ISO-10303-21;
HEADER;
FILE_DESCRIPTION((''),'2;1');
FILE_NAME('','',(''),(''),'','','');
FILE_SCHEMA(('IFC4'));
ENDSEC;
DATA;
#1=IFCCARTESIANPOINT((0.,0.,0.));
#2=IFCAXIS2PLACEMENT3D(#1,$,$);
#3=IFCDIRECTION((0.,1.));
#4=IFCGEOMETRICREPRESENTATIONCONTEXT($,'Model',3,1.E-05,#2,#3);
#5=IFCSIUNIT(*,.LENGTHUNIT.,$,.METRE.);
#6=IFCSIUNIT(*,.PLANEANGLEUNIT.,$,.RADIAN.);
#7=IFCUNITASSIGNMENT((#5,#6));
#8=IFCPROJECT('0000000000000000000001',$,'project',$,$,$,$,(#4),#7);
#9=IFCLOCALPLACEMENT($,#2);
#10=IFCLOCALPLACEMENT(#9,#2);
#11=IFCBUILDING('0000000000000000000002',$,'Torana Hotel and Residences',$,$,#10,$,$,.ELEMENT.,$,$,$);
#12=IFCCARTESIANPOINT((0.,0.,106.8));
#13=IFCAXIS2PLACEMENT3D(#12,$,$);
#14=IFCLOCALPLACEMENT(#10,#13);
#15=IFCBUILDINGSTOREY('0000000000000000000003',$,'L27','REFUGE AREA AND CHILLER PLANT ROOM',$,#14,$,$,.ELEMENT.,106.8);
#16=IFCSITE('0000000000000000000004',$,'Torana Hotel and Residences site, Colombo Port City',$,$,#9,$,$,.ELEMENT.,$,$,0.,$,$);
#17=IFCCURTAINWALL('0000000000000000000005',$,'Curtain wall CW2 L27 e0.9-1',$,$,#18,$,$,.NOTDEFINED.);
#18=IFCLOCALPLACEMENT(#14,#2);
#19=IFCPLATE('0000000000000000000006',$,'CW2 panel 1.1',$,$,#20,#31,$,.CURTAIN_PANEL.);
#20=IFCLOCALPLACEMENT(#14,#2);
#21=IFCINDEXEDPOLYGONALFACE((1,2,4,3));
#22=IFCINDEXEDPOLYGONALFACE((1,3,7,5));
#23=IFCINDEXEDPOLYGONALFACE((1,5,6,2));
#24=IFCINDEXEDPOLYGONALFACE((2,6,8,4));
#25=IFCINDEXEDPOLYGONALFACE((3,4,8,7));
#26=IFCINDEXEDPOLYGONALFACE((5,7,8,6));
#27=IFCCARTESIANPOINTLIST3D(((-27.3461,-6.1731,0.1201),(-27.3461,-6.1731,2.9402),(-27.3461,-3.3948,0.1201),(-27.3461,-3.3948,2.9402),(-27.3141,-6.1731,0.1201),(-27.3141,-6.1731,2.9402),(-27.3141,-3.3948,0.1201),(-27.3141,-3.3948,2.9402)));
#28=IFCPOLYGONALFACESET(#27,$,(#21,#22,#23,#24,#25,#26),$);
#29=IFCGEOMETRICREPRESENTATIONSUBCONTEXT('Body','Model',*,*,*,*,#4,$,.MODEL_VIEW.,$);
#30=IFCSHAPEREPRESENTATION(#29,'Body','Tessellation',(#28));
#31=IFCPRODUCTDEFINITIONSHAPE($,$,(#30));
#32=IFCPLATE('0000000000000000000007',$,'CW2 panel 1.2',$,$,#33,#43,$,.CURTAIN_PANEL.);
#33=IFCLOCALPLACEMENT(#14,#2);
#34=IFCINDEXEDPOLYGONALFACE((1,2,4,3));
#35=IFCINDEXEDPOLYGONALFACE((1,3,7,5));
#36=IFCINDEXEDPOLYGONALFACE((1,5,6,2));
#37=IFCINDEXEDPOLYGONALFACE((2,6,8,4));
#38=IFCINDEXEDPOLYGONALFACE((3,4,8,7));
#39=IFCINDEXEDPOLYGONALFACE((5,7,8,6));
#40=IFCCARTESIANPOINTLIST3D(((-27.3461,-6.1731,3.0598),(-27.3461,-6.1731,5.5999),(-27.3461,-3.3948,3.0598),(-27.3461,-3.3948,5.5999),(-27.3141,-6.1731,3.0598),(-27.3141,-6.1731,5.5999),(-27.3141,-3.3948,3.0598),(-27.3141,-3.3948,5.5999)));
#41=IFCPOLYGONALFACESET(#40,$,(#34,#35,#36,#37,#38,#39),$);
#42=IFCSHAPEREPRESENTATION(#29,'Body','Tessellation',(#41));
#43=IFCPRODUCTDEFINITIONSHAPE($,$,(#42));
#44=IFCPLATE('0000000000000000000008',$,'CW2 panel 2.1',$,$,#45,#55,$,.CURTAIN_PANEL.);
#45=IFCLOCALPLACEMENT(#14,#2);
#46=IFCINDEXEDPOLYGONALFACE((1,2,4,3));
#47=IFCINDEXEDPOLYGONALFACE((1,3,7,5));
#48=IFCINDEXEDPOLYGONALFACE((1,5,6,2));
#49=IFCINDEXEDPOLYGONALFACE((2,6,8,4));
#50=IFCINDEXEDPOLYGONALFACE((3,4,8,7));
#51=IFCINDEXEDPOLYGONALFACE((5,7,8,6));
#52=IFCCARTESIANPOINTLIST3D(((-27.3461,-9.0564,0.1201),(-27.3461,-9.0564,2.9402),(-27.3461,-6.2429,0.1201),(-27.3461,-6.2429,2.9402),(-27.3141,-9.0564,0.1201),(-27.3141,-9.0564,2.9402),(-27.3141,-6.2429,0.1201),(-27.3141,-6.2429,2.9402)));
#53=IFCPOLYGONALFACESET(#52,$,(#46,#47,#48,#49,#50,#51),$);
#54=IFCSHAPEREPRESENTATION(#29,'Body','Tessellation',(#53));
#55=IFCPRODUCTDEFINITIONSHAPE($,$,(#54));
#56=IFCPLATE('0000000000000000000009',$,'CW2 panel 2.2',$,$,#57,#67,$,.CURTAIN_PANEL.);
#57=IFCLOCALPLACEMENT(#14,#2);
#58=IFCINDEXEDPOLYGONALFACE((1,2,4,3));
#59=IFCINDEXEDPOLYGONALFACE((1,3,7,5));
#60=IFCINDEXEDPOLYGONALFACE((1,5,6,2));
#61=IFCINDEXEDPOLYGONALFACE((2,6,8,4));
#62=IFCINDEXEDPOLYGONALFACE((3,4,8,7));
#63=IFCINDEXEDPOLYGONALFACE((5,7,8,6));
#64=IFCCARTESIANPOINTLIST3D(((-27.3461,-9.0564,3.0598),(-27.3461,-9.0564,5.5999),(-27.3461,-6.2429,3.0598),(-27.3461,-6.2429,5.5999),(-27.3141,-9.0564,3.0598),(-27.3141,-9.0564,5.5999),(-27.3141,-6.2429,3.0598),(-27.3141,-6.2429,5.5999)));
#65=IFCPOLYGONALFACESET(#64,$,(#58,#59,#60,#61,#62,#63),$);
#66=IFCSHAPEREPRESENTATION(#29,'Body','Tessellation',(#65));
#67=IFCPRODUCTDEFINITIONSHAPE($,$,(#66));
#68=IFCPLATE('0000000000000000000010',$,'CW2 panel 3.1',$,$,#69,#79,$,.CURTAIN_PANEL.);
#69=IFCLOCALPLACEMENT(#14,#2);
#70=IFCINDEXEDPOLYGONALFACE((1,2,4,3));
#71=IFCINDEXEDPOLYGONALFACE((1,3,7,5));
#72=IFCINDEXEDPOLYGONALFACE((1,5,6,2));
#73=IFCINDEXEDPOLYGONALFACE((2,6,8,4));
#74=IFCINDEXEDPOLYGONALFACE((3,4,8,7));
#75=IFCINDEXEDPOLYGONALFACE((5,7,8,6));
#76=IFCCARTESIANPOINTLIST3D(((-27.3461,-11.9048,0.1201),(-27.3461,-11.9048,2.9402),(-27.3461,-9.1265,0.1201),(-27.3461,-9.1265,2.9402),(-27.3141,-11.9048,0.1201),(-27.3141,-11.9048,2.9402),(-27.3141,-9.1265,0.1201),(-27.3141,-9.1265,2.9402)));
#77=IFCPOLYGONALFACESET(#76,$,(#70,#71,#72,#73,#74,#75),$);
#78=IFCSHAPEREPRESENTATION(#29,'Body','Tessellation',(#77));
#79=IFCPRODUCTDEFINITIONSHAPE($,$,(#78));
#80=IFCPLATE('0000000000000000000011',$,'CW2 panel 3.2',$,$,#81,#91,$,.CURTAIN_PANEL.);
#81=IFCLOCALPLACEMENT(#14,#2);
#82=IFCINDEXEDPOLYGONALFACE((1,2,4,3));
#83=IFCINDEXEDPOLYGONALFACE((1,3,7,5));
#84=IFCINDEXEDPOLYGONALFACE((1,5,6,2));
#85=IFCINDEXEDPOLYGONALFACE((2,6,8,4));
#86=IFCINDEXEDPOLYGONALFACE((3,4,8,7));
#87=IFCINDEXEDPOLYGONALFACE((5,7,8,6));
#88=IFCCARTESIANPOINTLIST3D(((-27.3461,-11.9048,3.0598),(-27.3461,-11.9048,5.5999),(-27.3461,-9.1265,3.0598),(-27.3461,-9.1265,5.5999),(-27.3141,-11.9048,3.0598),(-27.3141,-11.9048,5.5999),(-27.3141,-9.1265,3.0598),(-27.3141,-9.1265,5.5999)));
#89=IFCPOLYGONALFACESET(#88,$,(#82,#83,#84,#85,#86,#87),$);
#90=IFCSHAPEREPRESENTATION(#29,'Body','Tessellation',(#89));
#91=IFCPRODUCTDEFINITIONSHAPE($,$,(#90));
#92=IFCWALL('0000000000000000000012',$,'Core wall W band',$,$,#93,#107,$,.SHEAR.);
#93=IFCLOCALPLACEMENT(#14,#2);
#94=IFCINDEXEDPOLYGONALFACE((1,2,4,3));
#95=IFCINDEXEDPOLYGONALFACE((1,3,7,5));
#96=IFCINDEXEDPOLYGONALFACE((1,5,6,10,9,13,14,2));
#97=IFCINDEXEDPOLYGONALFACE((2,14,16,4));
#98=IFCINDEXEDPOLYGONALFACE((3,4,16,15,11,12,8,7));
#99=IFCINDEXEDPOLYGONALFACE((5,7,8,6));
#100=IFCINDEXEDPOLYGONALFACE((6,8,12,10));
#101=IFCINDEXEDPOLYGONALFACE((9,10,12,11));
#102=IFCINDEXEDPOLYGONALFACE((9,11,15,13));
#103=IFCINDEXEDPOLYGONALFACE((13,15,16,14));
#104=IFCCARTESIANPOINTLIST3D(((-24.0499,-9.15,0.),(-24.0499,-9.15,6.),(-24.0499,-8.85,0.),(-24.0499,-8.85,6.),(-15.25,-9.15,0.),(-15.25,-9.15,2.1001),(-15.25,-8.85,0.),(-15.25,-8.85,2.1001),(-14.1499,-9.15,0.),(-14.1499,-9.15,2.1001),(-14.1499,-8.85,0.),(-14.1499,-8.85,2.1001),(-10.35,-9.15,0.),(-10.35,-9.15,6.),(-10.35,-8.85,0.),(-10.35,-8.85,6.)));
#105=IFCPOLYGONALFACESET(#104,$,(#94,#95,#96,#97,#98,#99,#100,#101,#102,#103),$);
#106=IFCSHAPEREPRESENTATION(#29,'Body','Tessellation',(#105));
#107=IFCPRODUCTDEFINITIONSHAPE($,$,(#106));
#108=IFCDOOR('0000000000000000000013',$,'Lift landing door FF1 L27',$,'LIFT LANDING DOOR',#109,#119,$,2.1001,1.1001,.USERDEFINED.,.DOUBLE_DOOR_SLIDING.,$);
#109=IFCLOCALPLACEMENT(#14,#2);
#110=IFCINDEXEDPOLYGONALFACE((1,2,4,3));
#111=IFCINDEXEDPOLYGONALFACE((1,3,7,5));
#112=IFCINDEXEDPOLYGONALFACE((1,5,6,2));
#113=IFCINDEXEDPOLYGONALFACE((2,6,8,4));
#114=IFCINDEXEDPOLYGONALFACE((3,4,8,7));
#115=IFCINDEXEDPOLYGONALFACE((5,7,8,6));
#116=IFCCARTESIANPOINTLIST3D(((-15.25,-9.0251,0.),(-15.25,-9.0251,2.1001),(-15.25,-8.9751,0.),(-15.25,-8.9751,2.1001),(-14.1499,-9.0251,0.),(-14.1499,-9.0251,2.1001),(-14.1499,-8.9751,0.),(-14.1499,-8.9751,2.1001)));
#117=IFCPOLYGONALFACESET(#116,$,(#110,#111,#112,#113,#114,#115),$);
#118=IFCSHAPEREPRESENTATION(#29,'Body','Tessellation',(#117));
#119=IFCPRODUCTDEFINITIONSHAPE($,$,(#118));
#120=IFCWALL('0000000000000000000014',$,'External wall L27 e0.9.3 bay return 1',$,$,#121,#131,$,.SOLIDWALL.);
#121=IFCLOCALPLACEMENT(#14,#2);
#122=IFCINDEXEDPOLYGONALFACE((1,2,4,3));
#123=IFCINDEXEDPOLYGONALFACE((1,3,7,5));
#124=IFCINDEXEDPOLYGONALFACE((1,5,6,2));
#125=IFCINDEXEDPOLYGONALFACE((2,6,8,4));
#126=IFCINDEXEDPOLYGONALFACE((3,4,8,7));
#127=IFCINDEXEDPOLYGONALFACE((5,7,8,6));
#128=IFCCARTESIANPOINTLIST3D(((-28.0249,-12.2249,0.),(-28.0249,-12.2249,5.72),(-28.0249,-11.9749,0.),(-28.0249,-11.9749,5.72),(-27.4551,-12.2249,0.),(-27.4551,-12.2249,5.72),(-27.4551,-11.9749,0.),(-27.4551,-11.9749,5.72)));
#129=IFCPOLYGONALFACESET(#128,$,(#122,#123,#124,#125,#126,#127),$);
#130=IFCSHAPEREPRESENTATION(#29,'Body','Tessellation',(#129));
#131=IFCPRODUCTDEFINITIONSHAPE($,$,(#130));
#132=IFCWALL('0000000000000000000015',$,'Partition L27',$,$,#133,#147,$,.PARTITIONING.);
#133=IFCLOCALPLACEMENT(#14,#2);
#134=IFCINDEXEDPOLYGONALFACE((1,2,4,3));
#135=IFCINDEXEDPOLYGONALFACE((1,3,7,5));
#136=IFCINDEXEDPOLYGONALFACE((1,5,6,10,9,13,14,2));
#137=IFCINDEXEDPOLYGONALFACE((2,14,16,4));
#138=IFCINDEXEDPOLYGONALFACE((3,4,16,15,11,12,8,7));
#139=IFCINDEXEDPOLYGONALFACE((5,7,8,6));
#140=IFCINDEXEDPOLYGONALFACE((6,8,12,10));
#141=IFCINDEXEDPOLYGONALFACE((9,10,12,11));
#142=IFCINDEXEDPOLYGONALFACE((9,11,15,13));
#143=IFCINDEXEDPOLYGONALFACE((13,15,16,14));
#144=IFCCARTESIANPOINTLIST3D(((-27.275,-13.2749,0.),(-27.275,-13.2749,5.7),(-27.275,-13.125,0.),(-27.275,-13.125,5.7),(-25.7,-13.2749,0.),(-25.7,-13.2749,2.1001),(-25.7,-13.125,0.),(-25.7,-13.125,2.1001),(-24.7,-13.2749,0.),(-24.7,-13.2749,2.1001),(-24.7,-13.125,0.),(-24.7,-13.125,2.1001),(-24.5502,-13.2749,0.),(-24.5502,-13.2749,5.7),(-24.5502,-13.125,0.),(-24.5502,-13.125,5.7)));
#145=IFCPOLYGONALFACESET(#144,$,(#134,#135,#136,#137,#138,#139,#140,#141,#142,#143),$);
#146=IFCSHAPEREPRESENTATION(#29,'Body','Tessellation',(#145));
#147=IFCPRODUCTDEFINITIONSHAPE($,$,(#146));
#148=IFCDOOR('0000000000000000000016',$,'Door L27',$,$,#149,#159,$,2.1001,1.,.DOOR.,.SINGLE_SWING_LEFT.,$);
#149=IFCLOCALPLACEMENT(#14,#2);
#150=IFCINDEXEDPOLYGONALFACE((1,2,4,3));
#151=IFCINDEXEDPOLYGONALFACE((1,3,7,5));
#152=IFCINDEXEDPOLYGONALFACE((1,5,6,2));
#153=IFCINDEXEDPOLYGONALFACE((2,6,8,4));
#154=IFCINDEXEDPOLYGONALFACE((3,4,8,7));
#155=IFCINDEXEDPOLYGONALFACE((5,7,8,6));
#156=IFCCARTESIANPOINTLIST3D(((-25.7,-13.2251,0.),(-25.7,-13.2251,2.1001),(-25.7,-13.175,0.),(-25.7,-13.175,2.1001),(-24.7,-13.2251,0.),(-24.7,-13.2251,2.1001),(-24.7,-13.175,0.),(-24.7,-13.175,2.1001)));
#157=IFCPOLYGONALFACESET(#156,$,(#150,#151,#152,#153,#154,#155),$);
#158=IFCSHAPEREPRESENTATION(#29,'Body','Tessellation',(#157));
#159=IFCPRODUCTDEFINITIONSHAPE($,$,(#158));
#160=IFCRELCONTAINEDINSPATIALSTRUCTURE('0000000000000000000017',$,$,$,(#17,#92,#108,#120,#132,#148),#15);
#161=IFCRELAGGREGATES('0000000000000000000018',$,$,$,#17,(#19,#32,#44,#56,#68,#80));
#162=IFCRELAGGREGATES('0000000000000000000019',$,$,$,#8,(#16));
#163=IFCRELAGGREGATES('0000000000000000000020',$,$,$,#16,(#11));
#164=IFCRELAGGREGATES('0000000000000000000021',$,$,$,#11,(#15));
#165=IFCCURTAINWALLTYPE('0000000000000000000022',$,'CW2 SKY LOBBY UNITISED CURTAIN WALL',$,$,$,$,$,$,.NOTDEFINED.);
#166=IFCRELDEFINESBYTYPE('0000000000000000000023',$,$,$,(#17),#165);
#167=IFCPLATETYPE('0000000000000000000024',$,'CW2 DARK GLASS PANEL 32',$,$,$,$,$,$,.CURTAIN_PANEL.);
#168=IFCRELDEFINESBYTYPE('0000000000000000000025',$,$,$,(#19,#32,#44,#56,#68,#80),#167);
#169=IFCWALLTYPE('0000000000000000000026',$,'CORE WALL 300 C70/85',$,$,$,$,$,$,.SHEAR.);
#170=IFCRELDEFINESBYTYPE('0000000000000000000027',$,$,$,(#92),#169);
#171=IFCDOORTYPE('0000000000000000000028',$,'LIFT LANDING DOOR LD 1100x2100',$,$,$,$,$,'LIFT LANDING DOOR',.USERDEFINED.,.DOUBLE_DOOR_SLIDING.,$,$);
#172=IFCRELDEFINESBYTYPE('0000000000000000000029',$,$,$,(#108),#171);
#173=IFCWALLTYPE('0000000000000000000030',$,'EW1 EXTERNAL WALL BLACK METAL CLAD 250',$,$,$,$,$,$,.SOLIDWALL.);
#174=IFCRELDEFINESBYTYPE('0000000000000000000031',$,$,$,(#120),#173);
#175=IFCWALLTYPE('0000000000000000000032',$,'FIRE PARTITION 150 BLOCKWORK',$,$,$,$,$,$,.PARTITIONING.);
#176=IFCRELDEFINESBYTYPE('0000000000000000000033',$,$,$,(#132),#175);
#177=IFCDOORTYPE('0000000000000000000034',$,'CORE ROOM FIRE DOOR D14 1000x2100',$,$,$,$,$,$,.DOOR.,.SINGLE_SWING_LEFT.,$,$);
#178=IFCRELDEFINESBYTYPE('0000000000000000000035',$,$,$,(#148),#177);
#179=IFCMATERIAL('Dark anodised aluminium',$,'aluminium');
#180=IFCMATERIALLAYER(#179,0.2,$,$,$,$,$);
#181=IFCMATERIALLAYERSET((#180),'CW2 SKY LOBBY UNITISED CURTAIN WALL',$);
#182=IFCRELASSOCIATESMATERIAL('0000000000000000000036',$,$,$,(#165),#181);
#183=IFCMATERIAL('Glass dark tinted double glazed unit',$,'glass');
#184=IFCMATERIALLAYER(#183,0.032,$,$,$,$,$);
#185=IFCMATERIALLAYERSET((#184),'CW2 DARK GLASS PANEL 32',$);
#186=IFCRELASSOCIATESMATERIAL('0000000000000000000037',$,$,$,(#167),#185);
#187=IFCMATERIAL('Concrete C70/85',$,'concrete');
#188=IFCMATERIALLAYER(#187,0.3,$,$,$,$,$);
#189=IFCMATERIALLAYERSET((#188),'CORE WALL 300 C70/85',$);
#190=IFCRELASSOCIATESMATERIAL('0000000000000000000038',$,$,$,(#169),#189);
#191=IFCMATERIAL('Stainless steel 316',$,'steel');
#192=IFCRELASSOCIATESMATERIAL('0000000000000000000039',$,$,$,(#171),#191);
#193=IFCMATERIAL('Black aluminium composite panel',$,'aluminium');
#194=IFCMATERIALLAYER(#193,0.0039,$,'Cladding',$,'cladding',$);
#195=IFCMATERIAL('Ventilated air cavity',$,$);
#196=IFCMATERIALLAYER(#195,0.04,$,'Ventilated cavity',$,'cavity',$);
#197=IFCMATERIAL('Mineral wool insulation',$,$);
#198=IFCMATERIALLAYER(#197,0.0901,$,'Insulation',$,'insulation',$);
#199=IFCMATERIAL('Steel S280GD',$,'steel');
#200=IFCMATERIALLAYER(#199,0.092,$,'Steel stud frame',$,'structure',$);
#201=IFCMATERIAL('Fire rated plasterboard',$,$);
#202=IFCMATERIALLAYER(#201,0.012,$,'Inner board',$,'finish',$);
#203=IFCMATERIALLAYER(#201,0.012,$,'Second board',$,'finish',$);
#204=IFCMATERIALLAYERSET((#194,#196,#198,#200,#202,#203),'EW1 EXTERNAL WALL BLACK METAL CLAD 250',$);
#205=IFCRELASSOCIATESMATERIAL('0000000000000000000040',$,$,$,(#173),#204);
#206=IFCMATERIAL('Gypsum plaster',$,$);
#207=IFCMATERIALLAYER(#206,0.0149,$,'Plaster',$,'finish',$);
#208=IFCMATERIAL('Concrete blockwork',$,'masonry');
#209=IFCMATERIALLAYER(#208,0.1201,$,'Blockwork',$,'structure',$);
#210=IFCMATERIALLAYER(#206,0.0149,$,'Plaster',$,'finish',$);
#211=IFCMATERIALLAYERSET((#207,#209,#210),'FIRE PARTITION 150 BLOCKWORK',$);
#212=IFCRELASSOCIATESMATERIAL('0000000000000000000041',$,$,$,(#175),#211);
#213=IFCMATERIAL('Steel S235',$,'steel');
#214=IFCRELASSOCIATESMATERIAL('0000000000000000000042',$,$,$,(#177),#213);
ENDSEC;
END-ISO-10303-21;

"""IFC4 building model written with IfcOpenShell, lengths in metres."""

from ifc_helpers import new_model, si_unit, direction, frame, frame_2d, origin, origin_2d, place, context, subcontext, project, spatial, rectangle, extrude, material, layer, layer_set, type_object, element, fill, aggregate, save


model = new_model("IFC4")

# Units and contexts
model_context = context("Model", 3, precision=1e-05, world=origin(), true_north=direction((0.0, 1.0)))
body_context = subcontext(model_context, "Body", "Model", "MODEL_VIEW")
ifc_project = project(units=[si_unit("LENGTHUNIT", "METRE"), si_unit("PLANEANGLEUNIT", "RADIAN")], contexts=[model_context])

# Site, building, storey
site_placement = place(None, origin())
site = spatial("IfcSite", under=ifc_project, at=site_placement, Name="Torana Hotel and Residences site, Colombo Port City", CompositionType="ELEMENT", RefElevation=0.0)
building_placement = place(site_placement, origin())
building = spatial("IfcBuilding", under=site, at=building_placement, Name="Torana Hotel and Residences", CompositionType="ELEMENT")
storey_placement = place(building_placement, frame((0.0, 0.0, 106.8)))
storey = spatial("IfcBuildingStorey", under=building, at=storey_placement, Name="L27", Description="REFUGE AREA AND CHILLER PLANT ROOM", CompositionType="ELEMENT", Elevation=106.8)

# Shared definitions
ifc_material_1 = material(Name="Dark anodised aluminium", Category="aluminium")
ifc_layer_1 = layer(ifc_material_1, 0.2)
ifc_layer_set_1 = layer_set([ifc_layer_1], Name="CW2 SKY LOBBY UNITISED CURTAIN WALL")
curtain_wall_type = type_object("IfcCurtainWallType", Name="CW2 SKY LOBBY UNITISED CURTAIN WALL", PredefinedType="NOTDEFINED", material=ifc_layer_set_1)

# Curtain wall, plates
curtain_wall_1_placement = place(storey_placement, origin())
curtain_wall_1 = element("IfcCurtainWall", 1, at=curtain_wall_1_placement, inside=storey, type_object=curtain_wall_type, Name="Curtain wall CW2 L27 e0.9-1", PredefinedType="NOTDEFINED")
ifc_material_2 = material(Name="Glass dark tinted double glazed unit", Category="glass")
ifc_layer_2 = layer(ifc_material_2, 0.032)
ifc_layer_set_2 = layer_set([ifc_layer_2], Name="CW2 DARK GLASS PANEL 32")
plate_type = type_object("IfcPlateType", Name="CW2 DARK GLASS PANEL 32", PredefinedType="CURTAIN_PANEL", material=ifc_layer_set_2)
plate_1_placement = place(storey_placement, frame((-27.3301, -4.7839, 0.1201), z_axis=(0.0, 0.0, 1.0), x_axis=(0.0, -1.0, 0.0)))
plate_1 = element("IfcPlate", 2, at=plate_1_placement, type_object=plate_type, Name="CW2 panel 1.1", PredefinedType="CURTAIN_PANEL", context=body_context, shape_type="SweptSolid", body=[
    extrude(rectangle(XDim=2.7783, YDim=0.032, at=origin_2d()), origin(), (0.0, 0.0, 1.0), 2.8201),
])
plate_2_placement = place(storey_placement, frame((-27.3301, -4.7839, 3.0598), z_axis=(0.0, 0.0, 1.0), x_axis=(0.0, -1.0, 0.0)))
plate_2 = element("IfcPlate", 3, at=plate_2_placement, type_object=plate_type, Name="CW2 panel 1.2", PredefinedType="CURTAIN_PANEL", context=body_context, shape_type="SweptSolid", body=[
    extrude(rectangle(XDim=2.7783, YDim=0.032, at=origin_2d()), origin(), (0.0, 0.0, 1.0), 2.54),
])
plate_3_placement = place(storey_placement, frame((-27.3301, -7.6497, 0.1201), z_axis=(0.0, 0.0, 1.0), x_axis=(0.0, -1.0, 0.0)))
plate_3 = element("IfcPlate", 4, at=plate_3_placement, type_object=plate_type, Name="CW2 panel 2.1", PredefinedType="CURTAIN_PANEL", context=body_context, shape_type="SweptSolid", body=[
    extrude(rectangle(XDim=2.8135, YDim=0.032, at=origin_2d()), origin(), (0.0, 0.0, 1.0), 2.8201),
])
plate_4_placement = place(storey_placement, frame((-27.3301, -7.6497, 3.0598), z_axis=(0.0, 0.0, 1.0), x_axis=(0.0, -1.0, 0.0)))
plate_4 = element("IfcPlate", 5, at=plate_4_placement, type_object=plate_type, Name="CW2 panel 2.2", PredefinedType="CURTAIN_PANEL", context=body_context, shape_type="SweptSolid", body=[
    extrude(rectangle(XDim=2.8135, YDim=0.032, at=origin_2d()), origin(), (0.0, 0.0, 1.0), 2.54),
])
plate_5_placement = place(storey_placement, frame((-27.3301, -10.5156, 0.1201), z_axis=(0.0, 0.0, 1.0), x_axis=(0.0, -1.0, 0.0)))
plate_5 = element("IfcPlate", 6, at=plate_5_placement, type_object=plate_type, Name="CW2 panel 3.1", PredefinedType="CURTAIN_PANEL", context=body_context, shape_type="SweptSolid", body=[
    extrude(rectangle(XDim=2.7783, YDim=0.032, at=origin_2d()), origin(), (0.0, 0.0, 1.0), 2.8201),
])
plate_6_placement = place(storey_placement, frame((-27.3301, -10.5156, 3.0598), z_axis=(0.0, 0.0, 1.0), x_axis=(0.0, -1.0, 0.0)))
plate_6 = element("IfcPlate", 7, at=plate_6_placement, type_object=plate_type, Name="CW2 panel 3.2", PredefinedType="CURTAIN_PANEL", context=body_context, shape_type="SweptSolid", body=[
    extrude(rectangle(XDim=2.7783, YDim=0.032, at=origin_2d()), origin(), (0.0, 0.0, 1.0), 2.54),
])
aggregate(curtain_wall_1, [plate_1, plate_2, plate_3, plate_4, plate_5, plate_6])

# Wall, opening, door
ifc_material_3 = material(Name="Concrete C70/85", Category="concrete")
ifc_layer_3 = layer(ifc_material_3, 0.3)
ifc_layer_set_3 = layer_set([ifc_layer_3], Name="CORE WALL 300 C70/85")
wall_type_1 = type_object("IfcWallType", Name="CORE WALL 300 C70/85", PredefinedType="SHEAR", material=ifc_layer_set_3)
wall_1_placement = place(storey_placement, frame((-24.05, -9.0, 0.0), z_axis=(0.0, 0.0, 1.0), x_axis=(1.0, 0.0, 0.0)))
wall_1 = element("IfcWall", 8, at=wall_1_placement, inside=storey, type_object=wall_type_1, Name="Core wall W band", PredefinedType="SHEAR", context=body_context, shape_type="SweptSolid", body=[
    extrude(rectangle(XDim=13.7, YDim=0.3, at=frame_2d((6.8501, 0.0))), origin(), (0.0, 0.0, 1.0), 6.0),
])
opening_1_placement = place(wall_1_placement, frame((8.8, 0.0, 0.0)))
opening_1 = element("IfcOpeningElement", 9, at=opening_1_placement, cuts=wall_1, PredefinedType="OPENING", context=body_context, shape_type="SweptSolid", body=[
    extrude(rectangle(XDim=1.1001, YDim=2.1001, at=frame_2d((0.55, 1.05))), frame((0.0, 0.1599, 0.0), z_axis=(0.0, -1.0, 0.0), x_axis=(1.0, 0.0, 0.0)), (0.0, 0.0, 1.0), 0.3201),
])
ifc_material_4 = material(Name="Stainless steel 316", Category="steel")
door_type_1 = type_object("IfcDoorType", Name="LIFT LANDING DOOR LD 1100x2100", ElementType="LIFT LANDING DOOR", OperationType="DOUBLE_DOOR_SLIDING", PredefinedType="USERDEFINED", material=ifc_material_4)
door_1_placement = place(opening_1_placement, origin())
door_1 = element("IfcDoor", 10, at=door_1_placement, inside=storey, type_object=door_type_1, Name="Lift landing door FF1 L27", ObjectType="LIFT LANDING DOOR", OperationType="DOUBLE_DOOR_SLIDING", OverallHeight=2.1001, OverallWidth=1.1001, PredefinedType="USERDEFINED", context=body_context, shape_type="SweptSolid", body=[
    extrude(rectangle(XDim=1.1001, YDim=2.1001, at=frame_2d((0.55, 1.05))), frame((0.0, 0.0249, 0.0), z_axis=(0.0, -1.0, 0.0), x_axis=(1.0, 0.0, 0.0)), (0.0, 0.0, 1.0), 0.05),
])
fill(opening_1, door_1)

# Wall
ifc_material_5 = material(Name="Black aluminium composite panel", Category="aluminium")
ifc_layer_4 = layer(ifc_material_5, 0.0039, Name="Cladding", Category="cladding")
ifc_material_6 = material(Name="Ventilated air cavity")
ifc_layer_5 = layer(ifc_material_6, 0.04, Name="Ventilated cavity", Category="cavity")
ifc_material_7 = material(Name="Mineral wool insulation")
ifc_layer_6 = layer(ifc_material_7, 0.0901, Name="Insulation", Category="insulation")
ifc_material_8 = material(Name="Steel S280GD", Category="steel")
ifc_layer_7 = layer(ifc_material_8, 0.092, Name="Steel stud frame", Category="structure")
ifc_material_9 = material(Name="Fire rated plasterboard")
ifc_layer_8 = layer(ifc_material_9, 0.012, Name="Inner board", Category="finish")
ifc_layer_9 = layer(ifc_material_9, 0.012, Name="Second board", Category="finish")
ifc_layer_set_4 = layer_set([ifc_layer_4, ifc_layer_5, ifc_layer_6, ifc_layer_7, ifc_layer_8, ifc_layer_9], Name="EW1 EXTERNAL WALL BLACK METAL CLAD 250")
wall_type_2 = type_object("IfcWallType", Name="EW1 EXTERNAL WALL BLACK METAL CLAD 250", PredefinedType="SOLIDWALL", material=ifc_layer_set_4)
wall_2_placement = place(storey_placement, frame((-27.4551, -12.0999, 0.0), z_axis=(0.0, 0.0, 1.0), x_axis=(-1.0, 0.0, 0.0)))
element("IfcWall", 11, at=wall_2_placement, inside=storey, type_object=wall_type_2, Name="External wall L27 e0.9.3 bay return 1", PredefinedType="SOLIDWALL", context=body_context, shape_type="SweptSolid", body=[
    extrude(rectangle(XDim=0.5698, YDim=0.25, at=frame_2d((0.2849, 0.0))), origin(), (0.0, 0.0, 1.0), 5.72),
])

# Wall, opening, door
ifc_material_10 = material(Name="Gypsum plaster")
ifc_layer_10 = layer(ifc_material_10, 0.0149, Name="Plaster", Category="finish")
ifc_material_11 = material(Name="Concrete blockwork", Category="masonry")
ifc_layer_11 = layer(ifc_material_11, 0.1201, Name="Blockwork", Category="structure")
ifc_layer_12 = layer(ifc_material_10, 0.0149, Name="Plaster", Category="finish")
ifc_layer_set_5 = layer_set([ifc_layer_10, ifc_layer_11, ifc_layer_12], Name="FIRE PARTITION 150 BLOCKWORK")
wall_type_3 = type_object("IfcWallType", Name="FIRE PARTITION 150 BLOCKWORK", PredefinedType="PARTITIONING", material=ifc_layer_set_5)
wall_3_placement = place(storey_placement, frame((-27.2749, -13.2, 0.0), z_axis=(0.0, 0.0, 1.0), x_axis=(1.0, 0.0, 0.0)))
wall_3 = element("IfcWall", 12, at=wall_3_placement, inside=storey, type_object=wall_type_3, Name="Partition L27", PredefinedType="PARTITIONING", context=body_context, shape_type="SweptSolid", body=[
    extrude(rectangle(XDim=2.7249, YDim=0.1499, at=frame_2d((1.3623, 0.0))), origin(), (0.0, 0.0, 1.0), 5.7),
])
opening_2_placement = place(wall_3_placement, frame((1.575, 0.0, 0.0)))
opening_2 = element("IfcOpeningElement", 13, at=opening_2_placement, cuts=wall_3, PredefinedType="OPENING", context=body_context, shape_type="SweptSolid", body=[
    extrude(rectangle(XDim=1.0, YDim=2.1001, at=frame_2d((0.5, 1.05))), frame((0.0, 0.085, 0.0), z_axis=(0.0, -1.0, 0.0), x_axis=(1.0, 0.0, 0.0)), (0.0, 0.0, 1.0), 0.1699),
])
ifc_material_12 = material(Name="Steel S235", Category="steel")
door_type_2 = type_object("IfcDoorType", Name="CORE ROOM FIRE DOOR D14 1000x2100", OperationType="SINGLE_SWING_LEFT", PredefinedType="DOOR", material=ifc_material_12)
door_2_placement = place(opening_2_placement, origin())
door_2 = element("IfcDoor", 14, at=door_2_placement, inside=storey, type_object=door_type_2, Name="Door L27", OperationType="SINGLE_SWING_LEFT", OverallHeight=2.1001, OverallWidth=1.0, PredefinedType="DOOR", context=body_context, shape_type="SweptSolid", body=[
    extrude(rectangle(XDim=1.0, YDim=2.1001, at=frame_2d((0.5, 1.05))), frame((0.0, 0.0249, 0.0), z_axis=(0.0, -1.0, 0.0), x_axis=(1.0, 0.0, 0.0)), (0.0, 0.0, 1.0), 0.05),
])
fill(opening_2, door_2)

save(model, "model.ifc")
